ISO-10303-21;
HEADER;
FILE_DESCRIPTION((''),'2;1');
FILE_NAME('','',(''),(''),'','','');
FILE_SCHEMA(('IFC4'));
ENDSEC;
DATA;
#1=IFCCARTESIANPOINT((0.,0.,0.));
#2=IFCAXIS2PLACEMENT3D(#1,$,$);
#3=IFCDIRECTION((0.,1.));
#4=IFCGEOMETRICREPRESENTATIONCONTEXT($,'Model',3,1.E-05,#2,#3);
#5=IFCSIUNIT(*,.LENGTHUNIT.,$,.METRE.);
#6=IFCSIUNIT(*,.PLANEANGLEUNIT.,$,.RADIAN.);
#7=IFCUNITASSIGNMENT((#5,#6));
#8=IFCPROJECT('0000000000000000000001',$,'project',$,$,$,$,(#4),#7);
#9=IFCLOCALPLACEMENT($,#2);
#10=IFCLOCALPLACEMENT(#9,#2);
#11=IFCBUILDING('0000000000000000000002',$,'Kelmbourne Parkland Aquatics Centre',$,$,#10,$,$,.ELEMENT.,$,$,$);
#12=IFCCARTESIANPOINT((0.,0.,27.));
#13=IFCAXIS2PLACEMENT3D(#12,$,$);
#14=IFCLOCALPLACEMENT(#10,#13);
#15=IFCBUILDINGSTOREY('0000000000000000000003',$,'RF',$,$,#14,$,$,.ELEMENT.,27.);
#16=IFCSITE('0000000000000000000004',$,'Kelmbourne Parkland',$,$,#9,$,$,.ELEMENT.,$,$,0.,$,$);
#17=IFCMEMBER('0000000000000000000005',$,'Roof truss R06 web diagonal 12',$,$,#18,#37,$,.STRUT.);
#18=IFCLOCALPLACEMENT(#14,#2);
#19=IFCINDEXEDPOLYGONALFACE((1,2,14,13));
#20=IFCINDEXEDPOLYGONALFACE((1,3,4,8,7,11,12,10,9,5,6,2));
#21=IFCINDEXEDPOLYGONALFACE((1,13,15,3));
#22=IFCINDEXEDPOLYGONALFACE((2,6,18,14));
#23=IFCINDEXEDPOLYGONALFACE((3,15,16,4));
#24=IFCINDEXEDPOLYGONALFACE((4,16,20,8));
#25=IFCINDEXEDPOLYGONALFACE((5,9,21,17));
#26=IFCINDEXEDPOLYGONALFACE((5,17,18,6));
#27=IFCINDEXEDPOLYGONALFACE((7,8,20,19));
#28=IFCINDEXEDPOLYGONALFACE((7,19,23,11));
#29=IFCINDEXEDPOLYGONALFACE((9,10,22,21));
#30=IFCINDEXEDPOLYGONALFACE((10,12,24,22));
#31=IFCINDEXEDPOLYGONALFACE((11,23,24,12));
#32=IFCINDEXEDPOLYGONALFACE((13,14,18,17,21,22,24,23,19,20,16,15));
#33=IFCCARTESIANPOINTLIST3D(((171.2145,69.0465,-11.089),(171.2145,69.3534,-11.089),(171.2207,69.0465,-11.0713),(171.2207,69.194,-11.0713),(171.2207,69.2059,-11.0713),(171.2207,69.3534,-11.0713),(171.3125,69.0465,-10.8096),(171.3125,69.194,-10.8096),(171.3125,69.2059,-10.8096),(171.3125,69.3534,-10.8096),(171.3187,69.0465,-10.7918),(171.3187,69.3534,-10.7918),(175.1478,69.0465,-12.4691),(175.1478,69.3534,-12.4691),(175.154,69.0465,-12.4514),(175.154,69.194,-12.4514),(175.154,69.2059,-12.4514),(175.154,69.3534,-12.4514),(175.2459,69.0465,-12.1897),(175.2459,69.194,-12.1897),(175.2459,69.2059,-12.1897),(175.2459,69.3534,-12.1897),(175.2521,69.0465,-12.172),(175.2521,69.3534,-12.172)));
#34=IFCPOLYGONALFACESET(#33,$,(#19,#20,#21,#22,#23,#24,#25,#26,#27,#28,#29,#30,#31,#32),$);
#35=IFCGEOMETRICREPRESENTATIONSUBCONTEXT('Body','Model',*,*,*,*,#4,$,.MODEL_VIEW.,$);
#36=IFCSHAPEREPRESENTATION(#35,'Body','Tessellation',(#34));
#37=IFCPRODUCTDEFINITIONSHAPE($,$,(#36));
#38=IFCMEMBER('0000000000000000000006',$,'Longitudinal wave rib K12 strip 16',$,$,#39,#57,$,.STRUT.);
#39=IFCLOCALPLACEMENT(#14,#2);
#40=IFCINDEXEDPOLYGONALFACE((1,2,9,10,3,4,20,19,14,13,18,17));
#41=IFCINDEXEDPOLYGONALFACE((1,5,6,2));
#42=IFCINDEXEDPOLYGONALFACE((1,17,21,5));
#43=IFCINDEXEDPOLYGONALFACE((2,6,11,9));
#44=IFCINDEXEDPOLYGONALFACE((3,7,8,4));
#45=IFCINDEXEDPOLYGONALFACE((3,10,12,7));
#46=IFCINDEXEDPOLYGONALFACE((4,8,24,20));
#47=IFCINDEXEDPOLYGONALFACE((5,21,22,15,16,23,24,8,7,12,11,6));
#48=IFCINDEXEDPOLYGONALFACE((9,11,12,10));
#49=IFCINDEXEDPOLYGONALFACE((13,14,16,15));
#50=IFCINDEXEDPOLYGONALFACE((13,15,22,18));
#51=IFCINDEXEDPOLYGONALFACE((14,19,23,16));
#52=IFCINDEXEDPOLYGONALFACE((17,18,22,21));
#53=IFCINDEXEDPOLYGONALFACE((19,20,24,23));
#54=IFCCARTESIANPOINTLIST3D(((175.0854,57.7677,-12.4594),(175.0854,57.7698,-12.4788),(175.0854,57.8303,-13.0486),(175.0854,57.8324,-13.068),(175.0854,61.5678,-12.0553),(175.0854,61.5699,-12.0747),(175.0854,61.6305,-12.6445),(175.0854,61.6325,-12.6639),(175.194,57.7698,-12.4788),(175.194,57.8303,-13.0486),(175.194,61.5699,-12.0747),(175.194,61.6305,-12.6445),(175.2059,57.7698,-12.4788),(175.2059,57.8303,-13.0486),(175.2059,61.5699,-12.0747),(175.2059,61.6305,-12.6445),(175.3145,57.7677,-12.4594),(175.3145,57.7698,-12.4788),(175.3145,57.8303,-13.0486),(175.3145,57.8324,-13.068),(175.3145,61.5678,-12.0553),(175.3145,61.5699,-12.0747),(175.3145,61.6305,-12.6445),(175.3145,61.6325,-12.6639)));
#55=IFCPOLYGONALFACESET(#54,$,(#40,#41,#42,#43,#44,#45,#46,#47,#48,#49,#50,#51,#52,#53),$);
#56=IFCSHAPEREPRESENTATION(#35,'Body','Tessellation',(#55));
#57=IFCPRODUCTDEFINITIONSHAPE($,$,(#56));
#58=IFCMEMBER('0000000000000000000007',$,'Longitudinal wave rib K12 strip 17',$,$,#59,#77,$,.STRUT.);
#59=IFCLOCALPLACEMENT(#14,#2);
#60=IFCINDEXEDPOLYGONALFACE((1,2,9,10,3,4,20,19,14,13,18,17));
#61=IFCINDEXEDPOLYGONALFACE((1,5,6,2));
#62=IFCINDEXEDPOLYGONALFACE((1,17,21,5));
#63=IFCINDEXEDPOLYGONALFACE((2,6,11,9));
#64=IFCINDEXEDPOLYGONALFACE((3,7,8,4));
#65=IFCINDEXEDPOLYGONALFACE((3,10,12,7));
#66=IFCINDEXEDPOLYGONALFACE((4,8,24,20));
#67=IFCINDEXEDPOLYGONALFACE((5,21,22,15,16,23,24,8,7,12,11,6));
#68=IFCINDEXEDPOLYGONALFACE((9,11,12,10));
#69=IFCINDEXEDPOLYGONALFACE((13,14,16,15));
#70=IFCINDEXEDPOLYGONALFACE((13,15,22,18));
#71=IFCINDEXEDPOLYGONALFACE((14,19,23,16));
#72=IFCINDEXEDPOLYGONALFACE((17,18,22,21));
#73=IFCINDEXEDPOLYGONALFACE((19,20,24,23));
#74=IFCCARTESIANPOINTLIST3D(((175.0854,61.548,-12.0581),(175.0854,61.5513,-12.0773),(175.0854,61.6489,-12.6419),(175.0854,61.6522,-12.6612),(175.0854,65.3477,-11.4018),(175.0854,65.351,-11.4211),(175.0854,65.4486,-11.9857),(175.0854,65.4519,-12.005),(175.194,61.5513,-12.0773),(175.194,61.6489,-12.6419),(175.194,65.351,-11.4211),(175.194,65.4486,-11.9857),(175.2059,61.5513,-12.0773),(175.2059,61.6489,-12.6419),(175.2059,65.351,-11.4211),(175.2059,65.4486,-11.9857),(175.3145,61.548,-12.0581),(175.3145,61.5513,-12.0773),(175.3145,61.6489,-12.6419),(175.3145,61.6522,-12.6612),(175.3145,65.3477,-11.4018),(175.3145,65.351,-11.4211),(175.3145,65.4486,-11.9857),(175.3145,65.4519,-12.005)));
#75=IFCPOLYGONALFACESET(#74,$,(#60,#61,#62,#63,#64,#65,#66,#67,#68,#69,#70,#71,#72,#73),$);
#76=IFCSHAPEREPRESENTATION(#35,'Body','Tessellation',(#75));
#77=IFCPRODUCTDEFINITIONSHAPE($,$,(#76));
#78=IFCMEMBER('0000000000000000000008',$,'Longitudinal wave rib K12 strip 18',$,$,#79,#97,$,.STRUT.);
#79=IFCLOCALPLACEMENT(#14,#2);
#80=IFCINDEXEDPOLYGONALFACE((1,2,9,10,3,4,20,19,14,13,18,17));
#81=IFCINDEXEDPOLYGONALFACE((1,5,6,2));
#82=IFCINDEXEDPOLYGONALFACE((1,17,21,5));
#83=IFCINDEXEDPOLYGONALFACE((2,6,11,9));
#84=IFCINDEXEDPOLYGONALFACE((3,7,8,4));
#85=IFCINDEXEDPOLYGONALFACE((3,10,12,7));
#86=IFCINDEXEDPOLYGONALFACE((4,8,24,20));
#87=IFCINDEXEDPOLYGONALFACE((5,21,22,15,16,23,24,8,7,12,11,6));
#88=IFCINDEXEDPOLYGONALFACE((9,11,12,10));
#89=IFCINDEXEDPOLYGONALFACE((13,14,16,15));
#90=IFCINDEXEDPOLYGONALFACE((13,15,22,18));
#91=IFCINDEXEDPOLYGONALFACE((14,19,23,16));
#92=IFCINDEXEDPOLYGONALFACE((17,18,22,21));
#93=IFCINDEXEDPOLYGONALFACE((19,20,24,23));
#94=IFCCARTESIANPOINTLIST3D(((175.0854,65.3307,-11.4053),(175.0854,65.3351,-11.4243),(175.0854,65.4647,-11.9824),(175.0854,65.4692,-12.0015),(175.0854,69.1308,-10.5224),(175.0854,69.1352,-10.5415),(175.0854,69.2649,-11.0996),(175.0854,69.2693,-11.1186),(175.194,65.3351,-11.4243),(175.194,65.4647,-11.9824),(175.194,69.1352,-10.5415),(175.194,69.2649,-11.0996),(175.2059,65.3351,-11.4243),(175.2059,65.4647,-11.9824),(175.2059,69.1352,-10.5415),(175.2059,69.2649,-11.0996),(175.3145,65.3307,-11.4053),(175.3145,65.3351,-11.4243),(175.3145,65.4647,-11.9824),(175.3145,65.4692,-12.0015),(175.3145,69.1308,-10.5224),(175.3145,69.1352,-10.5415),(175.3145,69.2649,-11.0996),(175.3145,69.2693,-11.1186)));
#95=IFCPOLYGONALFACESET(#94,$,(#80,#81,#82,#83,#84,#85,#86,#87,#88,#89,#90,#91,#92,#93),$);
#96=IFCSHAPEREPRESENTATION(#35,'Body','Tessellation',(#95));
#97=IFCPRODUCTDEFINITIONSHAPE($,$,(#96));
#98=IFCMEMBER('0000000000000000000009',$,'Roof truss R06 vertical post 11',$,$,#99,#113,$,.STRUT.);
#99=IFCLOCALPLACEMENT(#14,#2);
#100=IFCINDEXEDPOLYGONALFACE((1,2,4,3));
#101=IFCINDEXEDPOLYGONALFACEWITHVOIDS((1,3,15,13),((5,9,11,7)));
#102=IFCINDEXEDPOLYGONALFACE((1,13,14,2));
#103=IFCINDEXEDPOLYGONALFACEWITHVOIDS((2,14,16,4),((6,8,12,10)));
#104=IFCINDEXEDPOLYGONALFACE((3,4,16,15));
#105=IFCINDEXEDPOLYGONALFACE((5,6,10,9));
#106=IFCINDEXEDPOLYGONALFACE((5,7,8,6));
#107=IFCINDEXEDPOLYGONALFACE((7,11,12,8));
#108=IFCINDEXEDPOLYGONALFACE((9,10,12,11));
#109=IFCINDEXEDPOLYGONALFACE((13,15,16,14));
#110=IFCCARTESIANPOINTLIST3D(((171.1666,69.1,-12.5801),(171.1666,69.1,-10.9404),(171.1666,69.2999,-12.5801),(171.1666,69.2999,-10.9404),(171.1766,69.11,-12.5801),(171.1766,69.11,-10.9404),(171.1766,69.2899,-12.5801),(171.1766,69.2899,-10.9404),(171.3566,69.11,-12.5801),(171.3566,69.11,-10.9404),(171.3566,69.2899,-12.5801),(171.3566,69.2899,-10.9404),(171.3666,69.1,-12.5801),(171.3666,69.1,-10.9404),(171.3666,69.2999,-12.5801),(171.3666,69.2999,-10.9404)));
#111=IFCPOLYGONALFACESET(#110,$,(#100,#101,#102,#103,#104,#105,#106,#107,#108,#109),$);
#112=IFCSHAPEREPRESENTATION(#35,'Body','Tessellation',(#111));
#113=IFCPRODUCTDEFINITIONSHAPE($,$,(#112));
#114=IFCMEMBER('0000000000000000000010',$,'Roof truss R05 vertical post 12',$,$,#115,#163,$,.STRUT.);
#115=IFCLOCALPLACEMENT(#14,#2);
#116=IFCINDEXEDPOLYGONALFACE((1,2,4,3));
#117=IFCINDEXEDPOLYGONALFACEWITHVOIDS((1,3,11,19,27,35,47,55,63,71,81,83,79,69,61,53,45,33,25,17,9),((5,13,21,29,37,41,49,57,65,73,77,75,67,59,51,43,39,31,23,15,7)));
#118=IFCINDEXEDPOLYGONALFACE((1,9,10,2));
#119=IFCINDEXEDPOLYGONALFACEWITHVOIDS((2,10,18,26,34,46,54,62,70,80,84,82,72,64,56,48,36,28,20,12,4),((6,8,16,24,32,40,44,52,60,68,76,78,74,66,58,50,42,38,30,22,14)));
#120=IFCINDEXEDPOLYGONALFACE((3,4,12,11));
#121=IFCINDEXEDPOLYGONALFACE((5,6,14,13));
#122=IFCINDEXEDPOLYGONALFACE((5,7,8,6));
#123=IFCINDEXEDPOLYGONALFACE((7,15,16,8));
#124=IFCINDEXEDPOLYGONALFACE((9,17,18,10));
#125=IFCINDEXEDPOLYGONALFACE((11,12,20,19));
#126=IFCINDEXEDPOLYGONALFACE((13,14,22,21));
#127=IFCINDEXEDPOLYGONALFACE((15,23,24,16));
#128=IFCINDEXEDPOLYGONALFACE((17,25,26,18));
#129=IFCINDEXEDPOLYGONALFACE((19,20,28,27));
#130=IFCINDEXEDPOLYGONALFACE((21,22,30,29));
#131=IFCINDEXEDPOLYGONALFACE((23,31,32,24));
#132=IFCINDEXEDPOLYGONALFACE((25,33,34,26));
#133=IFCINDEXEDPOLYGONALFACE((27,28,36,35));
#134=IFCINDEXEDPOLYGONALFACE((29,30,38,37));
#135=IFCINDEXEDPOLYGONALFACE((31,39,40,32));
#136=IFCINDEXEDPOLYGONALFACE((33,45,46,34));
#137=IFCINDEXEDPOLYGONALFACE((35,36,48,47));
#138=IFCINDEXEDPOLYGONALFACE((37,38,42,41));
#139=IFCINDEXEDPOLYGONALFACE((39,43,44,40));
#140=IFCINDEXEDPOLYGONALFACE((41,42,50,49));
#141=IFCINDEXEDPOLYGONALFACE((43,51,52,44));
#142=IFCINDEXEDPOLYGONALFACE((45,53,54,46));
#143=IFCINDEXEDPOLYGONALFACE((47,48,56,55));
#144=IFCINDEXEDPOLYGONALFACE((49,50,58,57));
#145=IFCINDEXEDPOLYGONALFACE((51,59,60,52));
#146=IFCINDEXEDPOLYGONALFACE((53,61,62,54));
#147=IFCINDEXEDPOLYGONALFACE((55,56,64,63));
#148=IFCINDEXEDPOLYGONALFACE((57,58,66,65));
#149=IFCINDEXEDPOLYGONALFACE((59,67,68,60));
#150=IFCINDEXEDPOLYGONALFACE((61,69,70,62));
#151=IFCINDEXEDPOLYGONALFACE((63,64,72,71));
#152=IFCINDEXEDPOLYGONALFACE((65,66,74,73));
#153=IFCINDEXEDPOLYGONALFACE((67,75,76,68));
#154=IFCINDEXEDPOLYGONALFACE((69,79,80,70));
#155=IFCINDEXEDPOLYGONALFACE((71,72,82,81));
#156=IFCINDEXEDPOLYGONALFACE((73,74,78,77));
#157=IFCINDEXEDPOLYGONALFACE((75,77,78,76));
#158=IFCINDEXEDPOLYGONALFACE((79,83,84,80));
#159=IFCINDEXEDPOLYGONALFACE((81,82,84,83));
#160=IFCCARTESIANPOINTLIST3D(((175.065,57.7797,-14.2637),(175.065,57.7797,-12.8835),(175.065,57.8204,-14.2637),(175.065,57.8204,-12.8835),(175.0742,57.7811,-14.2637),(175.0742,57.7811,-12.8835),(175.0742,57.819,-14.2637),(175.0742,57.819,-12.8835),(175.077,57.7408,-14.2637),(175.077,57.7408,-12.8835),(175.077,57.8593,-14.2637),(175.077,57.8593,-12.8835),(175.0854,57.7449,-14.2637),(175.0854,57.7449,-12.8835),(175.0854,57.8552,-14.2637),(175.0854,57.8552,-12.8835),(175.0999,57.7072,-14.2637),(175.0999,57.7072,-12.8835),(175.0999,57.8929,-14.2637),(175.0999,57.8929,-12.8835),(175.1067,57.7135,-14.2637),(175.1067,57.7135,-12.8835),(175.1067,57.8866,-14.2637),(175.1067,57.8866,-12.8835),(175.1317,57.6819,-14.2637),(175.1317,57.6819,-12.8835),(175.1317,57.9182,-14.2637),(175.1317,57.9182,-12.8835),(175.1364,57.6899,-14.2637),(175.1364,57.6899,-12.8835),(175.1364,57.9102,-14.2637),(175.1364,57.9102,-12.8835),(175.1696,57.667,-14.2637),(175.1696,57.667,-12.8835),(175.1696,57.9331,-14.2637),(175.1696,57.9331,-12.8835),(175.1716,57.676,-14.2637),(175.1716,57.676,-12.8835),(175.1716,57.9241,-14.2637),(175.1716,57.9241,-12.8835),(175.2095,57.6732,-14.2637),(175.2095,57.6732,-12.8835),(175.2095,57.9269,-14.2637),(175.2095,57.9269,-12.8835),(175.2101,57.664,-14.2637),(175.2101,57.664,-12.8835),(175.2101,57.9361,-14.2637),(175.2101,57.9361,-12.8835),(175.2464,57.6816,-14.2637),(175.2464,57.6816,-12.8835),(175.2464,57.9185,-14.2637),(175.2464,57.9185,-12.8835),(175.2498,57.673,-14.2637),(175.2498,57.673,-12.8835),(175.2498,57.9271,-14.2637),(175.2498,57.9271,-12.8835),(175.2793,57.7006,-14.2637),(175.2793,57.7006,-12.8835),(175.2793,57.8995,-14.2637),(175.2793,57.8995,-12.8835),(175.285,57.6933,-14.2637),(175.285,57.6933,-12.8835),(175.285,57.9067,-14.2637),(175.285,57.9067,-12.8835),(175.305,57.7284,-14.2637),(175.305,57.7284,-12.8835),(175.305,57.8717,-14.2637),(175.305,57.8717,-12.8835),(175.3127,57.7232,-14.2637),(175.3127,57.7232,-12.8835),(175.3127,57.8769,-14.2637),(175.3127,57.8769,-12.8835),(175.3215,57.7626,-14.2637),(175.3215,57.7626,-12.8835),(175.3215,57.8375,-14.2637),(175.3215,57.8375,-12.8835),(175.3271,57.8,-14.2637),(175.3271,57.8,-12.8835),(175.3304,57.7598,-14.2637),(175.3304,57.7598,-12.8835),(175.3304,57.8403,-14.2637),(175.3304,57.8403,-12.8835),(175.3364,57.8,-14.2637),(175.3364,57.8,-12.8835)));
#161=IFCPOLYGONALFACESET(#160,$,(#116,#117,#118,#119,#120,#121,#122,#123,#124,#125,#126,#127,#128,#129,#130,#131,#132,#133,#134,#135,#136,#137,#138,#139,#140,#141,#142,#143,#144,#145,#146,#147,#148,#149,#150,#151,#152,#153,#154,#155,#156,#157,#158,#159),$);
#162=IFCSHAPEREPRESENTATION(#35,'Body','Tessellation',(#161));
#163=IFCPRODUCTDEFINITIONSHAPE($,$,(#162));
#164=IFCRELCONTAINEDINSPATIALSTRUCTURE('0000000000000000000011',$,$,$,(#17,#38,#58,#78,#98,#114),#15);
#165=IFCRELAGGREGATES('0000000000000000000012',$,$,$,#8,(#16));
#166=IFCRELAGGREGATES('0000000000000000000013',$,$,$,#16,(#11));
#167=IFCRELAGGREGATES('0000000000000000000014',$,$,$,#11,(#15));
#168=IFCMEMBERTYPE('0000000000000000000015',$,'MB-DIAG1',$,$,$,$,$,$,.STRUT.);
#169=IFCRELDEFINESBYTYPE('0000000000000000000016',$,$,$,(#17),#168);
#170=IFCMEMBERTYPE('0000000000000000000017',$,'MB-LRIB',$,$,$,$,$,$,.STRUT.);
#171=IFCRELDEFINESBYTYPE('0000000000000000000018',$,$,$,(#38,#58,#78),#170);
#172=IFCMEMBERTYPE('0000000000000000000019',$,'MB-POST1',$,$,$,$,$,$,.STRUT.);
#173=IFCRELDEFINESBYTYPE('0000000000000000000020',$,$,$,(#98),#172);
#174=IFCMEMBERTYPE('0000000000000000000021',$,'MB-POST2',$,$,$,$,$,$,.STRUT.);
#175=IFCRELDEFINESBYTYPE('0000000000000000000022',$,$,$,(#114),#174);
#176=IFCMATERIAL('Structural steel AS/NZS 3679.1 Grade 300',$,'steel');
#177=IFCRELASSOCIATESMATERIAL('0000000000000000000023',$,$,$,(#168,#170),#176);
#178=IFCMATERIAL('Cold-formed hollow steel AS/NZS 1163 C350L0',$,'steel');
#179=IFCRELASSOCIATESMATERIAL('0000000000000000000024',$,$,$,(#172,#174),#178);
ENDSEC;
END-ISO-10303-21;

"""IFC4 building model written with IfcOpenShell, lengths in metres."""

from ifc_helpers import new_model, si_unit, direction, frame, origin, origin_2d, place, context, subcontext, project, spatial, hollow_rectangle, hollow_circle, i_section, extrude, material, material_profile, profile_set, type_object, element, save


model = new_model("IFC4")

# Units and contexts
model_context = context("Model", 3, precision=1e-05, world=origin(), true_north=direction((0.0, 1.0)))
body_context = subcontext(model_context, "Body", "Model", "MODEL_VIEW")
ifc_project = project(units=[si_unit("LENGTHUNIT", "METRE"), si_unit("PLANEANGLEUNIT", "RADIAN")], contexts=[model_context])

# Site, building, storey
site_placement = place(None, origin())
site = spatial("IfcSite", under=ifc_project, at=site_placement, Name="Kelmbourne Parkland", CompositionType="ELEMENT", RefElevation=0.0)
building_placement = place(site_placement, origin())
building = spatial("IfcBuilding", under=site, at=building_placement, Name="Kelmbourne Parkland Aquatics Centre", CompositionType="ELEMENT")
storey_placement = place(building_placement, frame((0.0, 0.0, 27.0)))
storey = spatial("IfcBuildingStorey", under=building, at=storey_placement, Name="RF", CompositionType="ELEMENT", Elevation=27.0)

# Members
ifc_material_1 = material(Name="Structural steel AS/NZS 3679.1 Grade 300", Category="steel")
ifc_material_profile_1 = material_profile(ifc_material_1, i_section(OverallWidth=0.3069, OverallDepth=0.3149, WebThickness=0.012, FlangeThickness=0.0188, at=origin_2d()), Name="310UC118")
ifc_profile_set_1 = profile_set([ifc_material_profile_1], Name="Structural steel AS/NZS 3679.1 Grade 300")
member_type_1 = type_object("IfcMemberType", Name="MB-DIAG1", PredefinedType="STRUT", material=ifc_profile_set_1)
member_1_placement = place(storey_placement, frame((171.2666, 69.2, -10.9404), z_axis=(0.9436, 0.0, -0.331089), x_axis=(0.0, 1.0, 0.0)))
element("IfcMember", 1, at=member_1_placement, inside=storey, type_object=member_type_1, Name="Roof truss R06 web diagonal 12", PredefinedType="STRUT", context=body_context, shape_type="SweptSolid", body=[
    extrude(i_section(OverallWidth=0.3069, OverallDepth=0.3149, WebThickness=0.012, FlangeThickness=0.0188, at=origin_2d()), origin(), (0.0, 0.0, 1.0), 4.1685),
])
ifc_material_profile_2 = material_profile(ifc_material_1, i_section(OverallWidth=0.229, OverallDepth=0.6121, WebThickness=0.012, FlangeThickness=0.0195, at=origin_2d()), Name="610UB125")
ifc_profile_set_2 = profile_set([ifc_material_profile_2], Name="Structural steel AS/NZS 3679.1 Grade 300")
member_type_2 = type_object("IfcMemberType", Name="MB-LRIB", PredefinedType="STRUT", material=ifc_profile_set_2)
member_2_placement = place(storey_placement, frame((175.2, 57.8, -12.7637), z_axis=(0.0, 0.994395, 0.105732), x_axis=(-1.0, 0.0, 0.0)))
element("IfcMember", 2, at=member_2_placement, inside=storey, type_object=member_type_2, Name="Longitudinal wave rib K12 strip 16", PredefinedType="STRUT", context=body_context, shape_type="SweptSolid", body=[
    extrude(i_section(OverallWidth=0.229, OverallDepth=0.6121, WebThickness=0.012, FlangeThickness=0.0195, at=origin_2d()), origin(), (0.0, 0.0, 1.0), 3.8215),
])
member_3_placement = place(storey_placement, frame((175.2, 61.6001, -12.3596), z_axis=(0.0, 0.985412, 0.170187), x_axis=(-1.0, 0.0, 0.0)))
element("IfcMember", 3, at=member_3_placement, inside=storey, type_object=member_type_2, Name="Longitudinal wave rib K12 strip 17", PredefinedType="STRUT", context=body_context, shape_type="SweptSolid", body=[
    extrude(i_section(OverallWidth=0.229, OverallDepth=0.6121, WebThickness=0.012, FlangeThickness=0.0195, at=origin_2d()), origin(), (0.0, 0.0, 1.0), 3.856),
])
member_4_placement = place(storey_placement, frame((175.2, 65.3999, -11.7034), z_axis=(0.0, 0.97406, 0.22629), x_axis=(-1.0, 0.0, 0.0)))
element("IfcMember", 4, at=member_4_placement, inside=storey, type_object=member_type_2, Name="Longitudinal wave rib K12 strip 18", PredefinedType="STRUT", context=body_context, shape_type="SweptSolid", body=[
    extrude(i_section(OverallWidth=0.229, OverallDepth=0.6121, WebThickness=0.012, FlangeThickness=0.0195, at=origin_2d()), origin(), (0.0, 0.0, 1.0), 3.9014),
])
ifc_material_2 = material(Name="Cold-formed hollow steel AS/NZS 1163 C350L0", Category="steel")
ifc_material_profile_3 = material_profile(ifc_material_2, hollow_rectangle(XDim=0.2, YDim=0.2, WallThickness=0.01, at=origin_2d()), Name="SHS 200x200x10.0")
ifc_profile_set_3 = profile_set([ifc_material_profile_3], Name="Cold-formed hollow steel AS/NZS 1163 C350L0")
member_type_3 = type_object("IfcMemberType", Name="MB-POST1", PredefinedType="STRUT", material=ifc_profile_set_3)
member_5_placement = place(storey_placement, frame((171.2666, 69.2, -12.5801), z_axis=(0.0, 0.0, 1.0), x_axis=(1.0, 0.0, 0.0)))
element("IfcMember", 5, at=member_5_placement, inside=storey, type_object=member_type_3, Name="Roof truss R06 vertical post 11", PredefinedType="STRUT", context=body_context, shape_type="SweptSolid", body=[
    extrude(hollow_rectangle(XDim=0.2, YDim=0.2, WallThickness=0.01, at=origin_2d()), origin(), (0.0, 0.0, 1.0), 1.6396),
])
ifc_material_profile_4 = material_profile(ifc_material_2, hollow_circle(Radius=0.1365, WallThickness=0.0093, at=origin_2d()), Name="CHS 273.1x9.3")
ifc_profile_set_4 = profile_set([ifc_material_profile_4], Name="Cold-formed hollow steel AS/NZS 1163 C350L0")
member_type_4 = type_object("IfcMemberType", Name="MB-POST2", PredefinedType="STRUT", material=ifc_profile_set_4)
for number, where, z_axis, x_axis, name in (
    (6, (175.2, 57.8, -14.2637), (0.0, 0.0, 1.0), (1.0, 0.0, 0.0), "Roof truss R05 vertical post 12"),
):
    element("IfcMember", number, at=place(storey_placement, frame(where, z_axis=z_axis, x_axis=x_axis)), inside=storey, type_object=member_type_4, Name=name, PredefinedType="STRUT", context=body_context, shape_type="SweptSolid", body=[
        extrude(hollow_circle(Radius=0.1365, WallThickness=0.0093, at=origin_2d()), origin(), (0.0, 0.0, 1.0), 1.3801),
    ])

save(model, "model.ifc")
